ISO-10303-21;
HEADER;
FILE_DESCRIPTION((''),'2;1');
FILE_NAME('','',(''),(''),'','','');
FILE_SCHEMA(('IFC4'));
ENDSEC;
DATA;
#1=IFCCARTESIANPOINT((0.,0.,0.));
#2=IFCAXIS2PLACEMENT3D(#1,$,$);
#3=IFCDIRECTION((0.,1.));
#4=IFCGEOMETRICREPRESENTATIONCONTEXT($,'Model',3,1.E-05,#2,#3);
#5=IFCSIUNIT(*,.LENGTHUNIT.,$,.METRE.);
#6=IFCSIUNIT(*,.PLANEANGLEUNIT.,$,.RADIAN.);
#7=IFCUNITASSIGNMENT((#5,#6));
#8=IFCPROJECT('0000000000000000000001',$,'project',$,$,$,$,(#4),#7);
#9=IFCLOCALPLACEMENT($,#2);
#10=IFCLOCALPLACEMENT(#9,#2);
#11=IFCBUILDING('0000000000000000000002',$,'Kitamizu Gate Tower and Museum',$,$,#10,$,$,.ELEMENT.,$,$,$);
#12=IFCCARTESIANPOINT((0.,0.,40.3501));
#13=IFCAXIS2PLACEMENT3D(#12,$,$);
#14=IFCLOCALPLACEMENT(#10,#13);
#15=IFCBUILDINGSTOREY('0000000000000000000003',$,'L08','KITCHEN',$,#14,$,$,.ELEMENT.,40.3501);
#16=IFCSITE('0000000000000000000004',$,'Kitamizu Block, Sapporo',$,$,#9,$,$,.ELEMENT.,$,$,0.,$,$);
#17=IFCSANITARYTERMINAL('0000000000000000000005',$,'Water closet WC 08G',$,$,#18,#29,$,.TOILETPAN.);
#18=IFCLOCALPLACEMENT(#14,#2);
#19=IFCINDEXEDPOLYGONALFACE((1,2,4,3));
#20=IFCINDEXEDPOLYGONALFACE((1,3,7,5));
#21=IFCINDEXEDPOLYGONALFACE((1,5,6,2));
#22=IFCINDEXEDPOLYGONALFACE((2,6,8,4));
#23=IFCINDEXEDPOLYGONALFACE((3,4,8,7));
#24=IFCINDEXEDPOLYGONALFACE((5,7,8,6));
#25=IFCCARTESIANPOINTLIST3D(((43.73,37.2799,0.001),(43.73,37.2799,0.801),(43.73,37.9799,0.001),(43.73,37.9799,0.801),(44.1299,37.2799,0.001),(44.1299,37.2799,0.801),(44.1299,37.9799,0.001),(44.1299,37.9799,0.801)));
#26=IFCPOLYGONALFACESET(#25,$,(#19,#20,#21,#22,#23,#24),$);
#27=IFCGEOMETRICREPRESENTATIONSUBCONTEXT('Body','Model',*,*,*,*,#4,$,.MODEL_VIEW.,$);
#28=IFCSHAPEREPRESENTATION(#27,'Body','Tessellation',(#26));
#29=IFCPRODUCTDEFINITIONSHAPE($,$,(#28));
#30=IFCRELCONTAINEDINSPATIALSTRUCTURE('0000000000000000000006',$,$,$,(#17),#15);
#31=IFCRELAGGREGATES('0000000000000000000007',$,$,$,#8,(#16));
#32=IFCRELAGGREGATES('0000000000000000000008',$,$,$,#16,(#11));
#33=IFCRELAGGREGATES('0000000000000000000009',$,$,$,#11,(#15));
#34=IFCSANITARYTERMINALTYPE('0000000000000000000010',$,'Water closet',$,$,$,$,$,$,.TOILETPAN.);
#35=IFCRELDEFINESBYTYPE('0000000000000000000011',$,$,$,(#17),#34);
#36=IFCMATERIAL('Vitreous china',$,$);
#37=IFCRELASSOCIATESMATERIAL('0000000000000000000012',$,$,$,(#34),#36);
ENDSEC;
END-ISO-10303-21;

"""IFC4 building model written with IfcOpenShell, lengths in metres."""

from ifc_helpers import new_model, si_unit, direction, frame, origin, origin_2d, place, context, subcontext, project, spatial, rectangle, extrude, material, type_object, element, save


model = new_model("IFC4")

# Units and contexts
model_context = context("Model", 3, precision=1e-05, world=origin(), true_north=direction((0.0, 1.0)))
body_context = subcontext(model_context, "Body", "Model", "MODEL_VIEW")
ifc_project = project(units=[si_unit("LENGTHUNIT", "METRE"), si_unit("PLANEANGLEUNIT", "RADIAN")], contexts=[model_context])

# Site, building, storey
site_placement = place(None, origin())
site = spatial("IfcSite", under=ifc_project, at=site_placement, Name="Kitamizu Block, Sapporo", CompositionType="ELEMENT", RefElevation=0.0)
building_placement = place(site_placement, origin())
building = spatial("IfcBuilding", under=site, at=building_placement, Name="Kitamizu Gate Tower and Museum", CompositionType="ELEMENT")
storey_placement = place(building_placement, frame((0.0, 0.0, 40.3501)))
storey = spatial("IfcBuildingStorey", under=building, at=storey_placement, Name="L08", Description="KITCHEN", CompositionType="ELEMENT", Elevation=40.3501)

# Sanitary terminal
ifc_material_1 = material(Name="Vitreous china")
sanitary_terminal_type_1 = type_object("IfcSanitaryTerminalType", Name="Water closet", PredefinedType="TOILETPAN", material=ifc_material_1)
sanitary_terminal_1_placement = place(storey_placement, frame((43.9299, 37.6299, 0.001), z_axis=(0.0, 0.0, 1.0), x_axis=(1.0, 0.0, 0.0)))
element("IfcSanitaryTerminal", 1, at=sanitary_terminal_1_placement, inside=storey, type_object=sanitary_terminal_type_1, Name="Water closet WC 08G", PredefinedType="TOILETPAN", context=body_context, shape_type="SweptSolid", body=[
    extrude(rectangle(XDim=0.3999, YDim=0.7, at=origin_2d()), origin(), (0.0, 0.0, 1.0), 0.8),
])

save(model, "model.ifc")
